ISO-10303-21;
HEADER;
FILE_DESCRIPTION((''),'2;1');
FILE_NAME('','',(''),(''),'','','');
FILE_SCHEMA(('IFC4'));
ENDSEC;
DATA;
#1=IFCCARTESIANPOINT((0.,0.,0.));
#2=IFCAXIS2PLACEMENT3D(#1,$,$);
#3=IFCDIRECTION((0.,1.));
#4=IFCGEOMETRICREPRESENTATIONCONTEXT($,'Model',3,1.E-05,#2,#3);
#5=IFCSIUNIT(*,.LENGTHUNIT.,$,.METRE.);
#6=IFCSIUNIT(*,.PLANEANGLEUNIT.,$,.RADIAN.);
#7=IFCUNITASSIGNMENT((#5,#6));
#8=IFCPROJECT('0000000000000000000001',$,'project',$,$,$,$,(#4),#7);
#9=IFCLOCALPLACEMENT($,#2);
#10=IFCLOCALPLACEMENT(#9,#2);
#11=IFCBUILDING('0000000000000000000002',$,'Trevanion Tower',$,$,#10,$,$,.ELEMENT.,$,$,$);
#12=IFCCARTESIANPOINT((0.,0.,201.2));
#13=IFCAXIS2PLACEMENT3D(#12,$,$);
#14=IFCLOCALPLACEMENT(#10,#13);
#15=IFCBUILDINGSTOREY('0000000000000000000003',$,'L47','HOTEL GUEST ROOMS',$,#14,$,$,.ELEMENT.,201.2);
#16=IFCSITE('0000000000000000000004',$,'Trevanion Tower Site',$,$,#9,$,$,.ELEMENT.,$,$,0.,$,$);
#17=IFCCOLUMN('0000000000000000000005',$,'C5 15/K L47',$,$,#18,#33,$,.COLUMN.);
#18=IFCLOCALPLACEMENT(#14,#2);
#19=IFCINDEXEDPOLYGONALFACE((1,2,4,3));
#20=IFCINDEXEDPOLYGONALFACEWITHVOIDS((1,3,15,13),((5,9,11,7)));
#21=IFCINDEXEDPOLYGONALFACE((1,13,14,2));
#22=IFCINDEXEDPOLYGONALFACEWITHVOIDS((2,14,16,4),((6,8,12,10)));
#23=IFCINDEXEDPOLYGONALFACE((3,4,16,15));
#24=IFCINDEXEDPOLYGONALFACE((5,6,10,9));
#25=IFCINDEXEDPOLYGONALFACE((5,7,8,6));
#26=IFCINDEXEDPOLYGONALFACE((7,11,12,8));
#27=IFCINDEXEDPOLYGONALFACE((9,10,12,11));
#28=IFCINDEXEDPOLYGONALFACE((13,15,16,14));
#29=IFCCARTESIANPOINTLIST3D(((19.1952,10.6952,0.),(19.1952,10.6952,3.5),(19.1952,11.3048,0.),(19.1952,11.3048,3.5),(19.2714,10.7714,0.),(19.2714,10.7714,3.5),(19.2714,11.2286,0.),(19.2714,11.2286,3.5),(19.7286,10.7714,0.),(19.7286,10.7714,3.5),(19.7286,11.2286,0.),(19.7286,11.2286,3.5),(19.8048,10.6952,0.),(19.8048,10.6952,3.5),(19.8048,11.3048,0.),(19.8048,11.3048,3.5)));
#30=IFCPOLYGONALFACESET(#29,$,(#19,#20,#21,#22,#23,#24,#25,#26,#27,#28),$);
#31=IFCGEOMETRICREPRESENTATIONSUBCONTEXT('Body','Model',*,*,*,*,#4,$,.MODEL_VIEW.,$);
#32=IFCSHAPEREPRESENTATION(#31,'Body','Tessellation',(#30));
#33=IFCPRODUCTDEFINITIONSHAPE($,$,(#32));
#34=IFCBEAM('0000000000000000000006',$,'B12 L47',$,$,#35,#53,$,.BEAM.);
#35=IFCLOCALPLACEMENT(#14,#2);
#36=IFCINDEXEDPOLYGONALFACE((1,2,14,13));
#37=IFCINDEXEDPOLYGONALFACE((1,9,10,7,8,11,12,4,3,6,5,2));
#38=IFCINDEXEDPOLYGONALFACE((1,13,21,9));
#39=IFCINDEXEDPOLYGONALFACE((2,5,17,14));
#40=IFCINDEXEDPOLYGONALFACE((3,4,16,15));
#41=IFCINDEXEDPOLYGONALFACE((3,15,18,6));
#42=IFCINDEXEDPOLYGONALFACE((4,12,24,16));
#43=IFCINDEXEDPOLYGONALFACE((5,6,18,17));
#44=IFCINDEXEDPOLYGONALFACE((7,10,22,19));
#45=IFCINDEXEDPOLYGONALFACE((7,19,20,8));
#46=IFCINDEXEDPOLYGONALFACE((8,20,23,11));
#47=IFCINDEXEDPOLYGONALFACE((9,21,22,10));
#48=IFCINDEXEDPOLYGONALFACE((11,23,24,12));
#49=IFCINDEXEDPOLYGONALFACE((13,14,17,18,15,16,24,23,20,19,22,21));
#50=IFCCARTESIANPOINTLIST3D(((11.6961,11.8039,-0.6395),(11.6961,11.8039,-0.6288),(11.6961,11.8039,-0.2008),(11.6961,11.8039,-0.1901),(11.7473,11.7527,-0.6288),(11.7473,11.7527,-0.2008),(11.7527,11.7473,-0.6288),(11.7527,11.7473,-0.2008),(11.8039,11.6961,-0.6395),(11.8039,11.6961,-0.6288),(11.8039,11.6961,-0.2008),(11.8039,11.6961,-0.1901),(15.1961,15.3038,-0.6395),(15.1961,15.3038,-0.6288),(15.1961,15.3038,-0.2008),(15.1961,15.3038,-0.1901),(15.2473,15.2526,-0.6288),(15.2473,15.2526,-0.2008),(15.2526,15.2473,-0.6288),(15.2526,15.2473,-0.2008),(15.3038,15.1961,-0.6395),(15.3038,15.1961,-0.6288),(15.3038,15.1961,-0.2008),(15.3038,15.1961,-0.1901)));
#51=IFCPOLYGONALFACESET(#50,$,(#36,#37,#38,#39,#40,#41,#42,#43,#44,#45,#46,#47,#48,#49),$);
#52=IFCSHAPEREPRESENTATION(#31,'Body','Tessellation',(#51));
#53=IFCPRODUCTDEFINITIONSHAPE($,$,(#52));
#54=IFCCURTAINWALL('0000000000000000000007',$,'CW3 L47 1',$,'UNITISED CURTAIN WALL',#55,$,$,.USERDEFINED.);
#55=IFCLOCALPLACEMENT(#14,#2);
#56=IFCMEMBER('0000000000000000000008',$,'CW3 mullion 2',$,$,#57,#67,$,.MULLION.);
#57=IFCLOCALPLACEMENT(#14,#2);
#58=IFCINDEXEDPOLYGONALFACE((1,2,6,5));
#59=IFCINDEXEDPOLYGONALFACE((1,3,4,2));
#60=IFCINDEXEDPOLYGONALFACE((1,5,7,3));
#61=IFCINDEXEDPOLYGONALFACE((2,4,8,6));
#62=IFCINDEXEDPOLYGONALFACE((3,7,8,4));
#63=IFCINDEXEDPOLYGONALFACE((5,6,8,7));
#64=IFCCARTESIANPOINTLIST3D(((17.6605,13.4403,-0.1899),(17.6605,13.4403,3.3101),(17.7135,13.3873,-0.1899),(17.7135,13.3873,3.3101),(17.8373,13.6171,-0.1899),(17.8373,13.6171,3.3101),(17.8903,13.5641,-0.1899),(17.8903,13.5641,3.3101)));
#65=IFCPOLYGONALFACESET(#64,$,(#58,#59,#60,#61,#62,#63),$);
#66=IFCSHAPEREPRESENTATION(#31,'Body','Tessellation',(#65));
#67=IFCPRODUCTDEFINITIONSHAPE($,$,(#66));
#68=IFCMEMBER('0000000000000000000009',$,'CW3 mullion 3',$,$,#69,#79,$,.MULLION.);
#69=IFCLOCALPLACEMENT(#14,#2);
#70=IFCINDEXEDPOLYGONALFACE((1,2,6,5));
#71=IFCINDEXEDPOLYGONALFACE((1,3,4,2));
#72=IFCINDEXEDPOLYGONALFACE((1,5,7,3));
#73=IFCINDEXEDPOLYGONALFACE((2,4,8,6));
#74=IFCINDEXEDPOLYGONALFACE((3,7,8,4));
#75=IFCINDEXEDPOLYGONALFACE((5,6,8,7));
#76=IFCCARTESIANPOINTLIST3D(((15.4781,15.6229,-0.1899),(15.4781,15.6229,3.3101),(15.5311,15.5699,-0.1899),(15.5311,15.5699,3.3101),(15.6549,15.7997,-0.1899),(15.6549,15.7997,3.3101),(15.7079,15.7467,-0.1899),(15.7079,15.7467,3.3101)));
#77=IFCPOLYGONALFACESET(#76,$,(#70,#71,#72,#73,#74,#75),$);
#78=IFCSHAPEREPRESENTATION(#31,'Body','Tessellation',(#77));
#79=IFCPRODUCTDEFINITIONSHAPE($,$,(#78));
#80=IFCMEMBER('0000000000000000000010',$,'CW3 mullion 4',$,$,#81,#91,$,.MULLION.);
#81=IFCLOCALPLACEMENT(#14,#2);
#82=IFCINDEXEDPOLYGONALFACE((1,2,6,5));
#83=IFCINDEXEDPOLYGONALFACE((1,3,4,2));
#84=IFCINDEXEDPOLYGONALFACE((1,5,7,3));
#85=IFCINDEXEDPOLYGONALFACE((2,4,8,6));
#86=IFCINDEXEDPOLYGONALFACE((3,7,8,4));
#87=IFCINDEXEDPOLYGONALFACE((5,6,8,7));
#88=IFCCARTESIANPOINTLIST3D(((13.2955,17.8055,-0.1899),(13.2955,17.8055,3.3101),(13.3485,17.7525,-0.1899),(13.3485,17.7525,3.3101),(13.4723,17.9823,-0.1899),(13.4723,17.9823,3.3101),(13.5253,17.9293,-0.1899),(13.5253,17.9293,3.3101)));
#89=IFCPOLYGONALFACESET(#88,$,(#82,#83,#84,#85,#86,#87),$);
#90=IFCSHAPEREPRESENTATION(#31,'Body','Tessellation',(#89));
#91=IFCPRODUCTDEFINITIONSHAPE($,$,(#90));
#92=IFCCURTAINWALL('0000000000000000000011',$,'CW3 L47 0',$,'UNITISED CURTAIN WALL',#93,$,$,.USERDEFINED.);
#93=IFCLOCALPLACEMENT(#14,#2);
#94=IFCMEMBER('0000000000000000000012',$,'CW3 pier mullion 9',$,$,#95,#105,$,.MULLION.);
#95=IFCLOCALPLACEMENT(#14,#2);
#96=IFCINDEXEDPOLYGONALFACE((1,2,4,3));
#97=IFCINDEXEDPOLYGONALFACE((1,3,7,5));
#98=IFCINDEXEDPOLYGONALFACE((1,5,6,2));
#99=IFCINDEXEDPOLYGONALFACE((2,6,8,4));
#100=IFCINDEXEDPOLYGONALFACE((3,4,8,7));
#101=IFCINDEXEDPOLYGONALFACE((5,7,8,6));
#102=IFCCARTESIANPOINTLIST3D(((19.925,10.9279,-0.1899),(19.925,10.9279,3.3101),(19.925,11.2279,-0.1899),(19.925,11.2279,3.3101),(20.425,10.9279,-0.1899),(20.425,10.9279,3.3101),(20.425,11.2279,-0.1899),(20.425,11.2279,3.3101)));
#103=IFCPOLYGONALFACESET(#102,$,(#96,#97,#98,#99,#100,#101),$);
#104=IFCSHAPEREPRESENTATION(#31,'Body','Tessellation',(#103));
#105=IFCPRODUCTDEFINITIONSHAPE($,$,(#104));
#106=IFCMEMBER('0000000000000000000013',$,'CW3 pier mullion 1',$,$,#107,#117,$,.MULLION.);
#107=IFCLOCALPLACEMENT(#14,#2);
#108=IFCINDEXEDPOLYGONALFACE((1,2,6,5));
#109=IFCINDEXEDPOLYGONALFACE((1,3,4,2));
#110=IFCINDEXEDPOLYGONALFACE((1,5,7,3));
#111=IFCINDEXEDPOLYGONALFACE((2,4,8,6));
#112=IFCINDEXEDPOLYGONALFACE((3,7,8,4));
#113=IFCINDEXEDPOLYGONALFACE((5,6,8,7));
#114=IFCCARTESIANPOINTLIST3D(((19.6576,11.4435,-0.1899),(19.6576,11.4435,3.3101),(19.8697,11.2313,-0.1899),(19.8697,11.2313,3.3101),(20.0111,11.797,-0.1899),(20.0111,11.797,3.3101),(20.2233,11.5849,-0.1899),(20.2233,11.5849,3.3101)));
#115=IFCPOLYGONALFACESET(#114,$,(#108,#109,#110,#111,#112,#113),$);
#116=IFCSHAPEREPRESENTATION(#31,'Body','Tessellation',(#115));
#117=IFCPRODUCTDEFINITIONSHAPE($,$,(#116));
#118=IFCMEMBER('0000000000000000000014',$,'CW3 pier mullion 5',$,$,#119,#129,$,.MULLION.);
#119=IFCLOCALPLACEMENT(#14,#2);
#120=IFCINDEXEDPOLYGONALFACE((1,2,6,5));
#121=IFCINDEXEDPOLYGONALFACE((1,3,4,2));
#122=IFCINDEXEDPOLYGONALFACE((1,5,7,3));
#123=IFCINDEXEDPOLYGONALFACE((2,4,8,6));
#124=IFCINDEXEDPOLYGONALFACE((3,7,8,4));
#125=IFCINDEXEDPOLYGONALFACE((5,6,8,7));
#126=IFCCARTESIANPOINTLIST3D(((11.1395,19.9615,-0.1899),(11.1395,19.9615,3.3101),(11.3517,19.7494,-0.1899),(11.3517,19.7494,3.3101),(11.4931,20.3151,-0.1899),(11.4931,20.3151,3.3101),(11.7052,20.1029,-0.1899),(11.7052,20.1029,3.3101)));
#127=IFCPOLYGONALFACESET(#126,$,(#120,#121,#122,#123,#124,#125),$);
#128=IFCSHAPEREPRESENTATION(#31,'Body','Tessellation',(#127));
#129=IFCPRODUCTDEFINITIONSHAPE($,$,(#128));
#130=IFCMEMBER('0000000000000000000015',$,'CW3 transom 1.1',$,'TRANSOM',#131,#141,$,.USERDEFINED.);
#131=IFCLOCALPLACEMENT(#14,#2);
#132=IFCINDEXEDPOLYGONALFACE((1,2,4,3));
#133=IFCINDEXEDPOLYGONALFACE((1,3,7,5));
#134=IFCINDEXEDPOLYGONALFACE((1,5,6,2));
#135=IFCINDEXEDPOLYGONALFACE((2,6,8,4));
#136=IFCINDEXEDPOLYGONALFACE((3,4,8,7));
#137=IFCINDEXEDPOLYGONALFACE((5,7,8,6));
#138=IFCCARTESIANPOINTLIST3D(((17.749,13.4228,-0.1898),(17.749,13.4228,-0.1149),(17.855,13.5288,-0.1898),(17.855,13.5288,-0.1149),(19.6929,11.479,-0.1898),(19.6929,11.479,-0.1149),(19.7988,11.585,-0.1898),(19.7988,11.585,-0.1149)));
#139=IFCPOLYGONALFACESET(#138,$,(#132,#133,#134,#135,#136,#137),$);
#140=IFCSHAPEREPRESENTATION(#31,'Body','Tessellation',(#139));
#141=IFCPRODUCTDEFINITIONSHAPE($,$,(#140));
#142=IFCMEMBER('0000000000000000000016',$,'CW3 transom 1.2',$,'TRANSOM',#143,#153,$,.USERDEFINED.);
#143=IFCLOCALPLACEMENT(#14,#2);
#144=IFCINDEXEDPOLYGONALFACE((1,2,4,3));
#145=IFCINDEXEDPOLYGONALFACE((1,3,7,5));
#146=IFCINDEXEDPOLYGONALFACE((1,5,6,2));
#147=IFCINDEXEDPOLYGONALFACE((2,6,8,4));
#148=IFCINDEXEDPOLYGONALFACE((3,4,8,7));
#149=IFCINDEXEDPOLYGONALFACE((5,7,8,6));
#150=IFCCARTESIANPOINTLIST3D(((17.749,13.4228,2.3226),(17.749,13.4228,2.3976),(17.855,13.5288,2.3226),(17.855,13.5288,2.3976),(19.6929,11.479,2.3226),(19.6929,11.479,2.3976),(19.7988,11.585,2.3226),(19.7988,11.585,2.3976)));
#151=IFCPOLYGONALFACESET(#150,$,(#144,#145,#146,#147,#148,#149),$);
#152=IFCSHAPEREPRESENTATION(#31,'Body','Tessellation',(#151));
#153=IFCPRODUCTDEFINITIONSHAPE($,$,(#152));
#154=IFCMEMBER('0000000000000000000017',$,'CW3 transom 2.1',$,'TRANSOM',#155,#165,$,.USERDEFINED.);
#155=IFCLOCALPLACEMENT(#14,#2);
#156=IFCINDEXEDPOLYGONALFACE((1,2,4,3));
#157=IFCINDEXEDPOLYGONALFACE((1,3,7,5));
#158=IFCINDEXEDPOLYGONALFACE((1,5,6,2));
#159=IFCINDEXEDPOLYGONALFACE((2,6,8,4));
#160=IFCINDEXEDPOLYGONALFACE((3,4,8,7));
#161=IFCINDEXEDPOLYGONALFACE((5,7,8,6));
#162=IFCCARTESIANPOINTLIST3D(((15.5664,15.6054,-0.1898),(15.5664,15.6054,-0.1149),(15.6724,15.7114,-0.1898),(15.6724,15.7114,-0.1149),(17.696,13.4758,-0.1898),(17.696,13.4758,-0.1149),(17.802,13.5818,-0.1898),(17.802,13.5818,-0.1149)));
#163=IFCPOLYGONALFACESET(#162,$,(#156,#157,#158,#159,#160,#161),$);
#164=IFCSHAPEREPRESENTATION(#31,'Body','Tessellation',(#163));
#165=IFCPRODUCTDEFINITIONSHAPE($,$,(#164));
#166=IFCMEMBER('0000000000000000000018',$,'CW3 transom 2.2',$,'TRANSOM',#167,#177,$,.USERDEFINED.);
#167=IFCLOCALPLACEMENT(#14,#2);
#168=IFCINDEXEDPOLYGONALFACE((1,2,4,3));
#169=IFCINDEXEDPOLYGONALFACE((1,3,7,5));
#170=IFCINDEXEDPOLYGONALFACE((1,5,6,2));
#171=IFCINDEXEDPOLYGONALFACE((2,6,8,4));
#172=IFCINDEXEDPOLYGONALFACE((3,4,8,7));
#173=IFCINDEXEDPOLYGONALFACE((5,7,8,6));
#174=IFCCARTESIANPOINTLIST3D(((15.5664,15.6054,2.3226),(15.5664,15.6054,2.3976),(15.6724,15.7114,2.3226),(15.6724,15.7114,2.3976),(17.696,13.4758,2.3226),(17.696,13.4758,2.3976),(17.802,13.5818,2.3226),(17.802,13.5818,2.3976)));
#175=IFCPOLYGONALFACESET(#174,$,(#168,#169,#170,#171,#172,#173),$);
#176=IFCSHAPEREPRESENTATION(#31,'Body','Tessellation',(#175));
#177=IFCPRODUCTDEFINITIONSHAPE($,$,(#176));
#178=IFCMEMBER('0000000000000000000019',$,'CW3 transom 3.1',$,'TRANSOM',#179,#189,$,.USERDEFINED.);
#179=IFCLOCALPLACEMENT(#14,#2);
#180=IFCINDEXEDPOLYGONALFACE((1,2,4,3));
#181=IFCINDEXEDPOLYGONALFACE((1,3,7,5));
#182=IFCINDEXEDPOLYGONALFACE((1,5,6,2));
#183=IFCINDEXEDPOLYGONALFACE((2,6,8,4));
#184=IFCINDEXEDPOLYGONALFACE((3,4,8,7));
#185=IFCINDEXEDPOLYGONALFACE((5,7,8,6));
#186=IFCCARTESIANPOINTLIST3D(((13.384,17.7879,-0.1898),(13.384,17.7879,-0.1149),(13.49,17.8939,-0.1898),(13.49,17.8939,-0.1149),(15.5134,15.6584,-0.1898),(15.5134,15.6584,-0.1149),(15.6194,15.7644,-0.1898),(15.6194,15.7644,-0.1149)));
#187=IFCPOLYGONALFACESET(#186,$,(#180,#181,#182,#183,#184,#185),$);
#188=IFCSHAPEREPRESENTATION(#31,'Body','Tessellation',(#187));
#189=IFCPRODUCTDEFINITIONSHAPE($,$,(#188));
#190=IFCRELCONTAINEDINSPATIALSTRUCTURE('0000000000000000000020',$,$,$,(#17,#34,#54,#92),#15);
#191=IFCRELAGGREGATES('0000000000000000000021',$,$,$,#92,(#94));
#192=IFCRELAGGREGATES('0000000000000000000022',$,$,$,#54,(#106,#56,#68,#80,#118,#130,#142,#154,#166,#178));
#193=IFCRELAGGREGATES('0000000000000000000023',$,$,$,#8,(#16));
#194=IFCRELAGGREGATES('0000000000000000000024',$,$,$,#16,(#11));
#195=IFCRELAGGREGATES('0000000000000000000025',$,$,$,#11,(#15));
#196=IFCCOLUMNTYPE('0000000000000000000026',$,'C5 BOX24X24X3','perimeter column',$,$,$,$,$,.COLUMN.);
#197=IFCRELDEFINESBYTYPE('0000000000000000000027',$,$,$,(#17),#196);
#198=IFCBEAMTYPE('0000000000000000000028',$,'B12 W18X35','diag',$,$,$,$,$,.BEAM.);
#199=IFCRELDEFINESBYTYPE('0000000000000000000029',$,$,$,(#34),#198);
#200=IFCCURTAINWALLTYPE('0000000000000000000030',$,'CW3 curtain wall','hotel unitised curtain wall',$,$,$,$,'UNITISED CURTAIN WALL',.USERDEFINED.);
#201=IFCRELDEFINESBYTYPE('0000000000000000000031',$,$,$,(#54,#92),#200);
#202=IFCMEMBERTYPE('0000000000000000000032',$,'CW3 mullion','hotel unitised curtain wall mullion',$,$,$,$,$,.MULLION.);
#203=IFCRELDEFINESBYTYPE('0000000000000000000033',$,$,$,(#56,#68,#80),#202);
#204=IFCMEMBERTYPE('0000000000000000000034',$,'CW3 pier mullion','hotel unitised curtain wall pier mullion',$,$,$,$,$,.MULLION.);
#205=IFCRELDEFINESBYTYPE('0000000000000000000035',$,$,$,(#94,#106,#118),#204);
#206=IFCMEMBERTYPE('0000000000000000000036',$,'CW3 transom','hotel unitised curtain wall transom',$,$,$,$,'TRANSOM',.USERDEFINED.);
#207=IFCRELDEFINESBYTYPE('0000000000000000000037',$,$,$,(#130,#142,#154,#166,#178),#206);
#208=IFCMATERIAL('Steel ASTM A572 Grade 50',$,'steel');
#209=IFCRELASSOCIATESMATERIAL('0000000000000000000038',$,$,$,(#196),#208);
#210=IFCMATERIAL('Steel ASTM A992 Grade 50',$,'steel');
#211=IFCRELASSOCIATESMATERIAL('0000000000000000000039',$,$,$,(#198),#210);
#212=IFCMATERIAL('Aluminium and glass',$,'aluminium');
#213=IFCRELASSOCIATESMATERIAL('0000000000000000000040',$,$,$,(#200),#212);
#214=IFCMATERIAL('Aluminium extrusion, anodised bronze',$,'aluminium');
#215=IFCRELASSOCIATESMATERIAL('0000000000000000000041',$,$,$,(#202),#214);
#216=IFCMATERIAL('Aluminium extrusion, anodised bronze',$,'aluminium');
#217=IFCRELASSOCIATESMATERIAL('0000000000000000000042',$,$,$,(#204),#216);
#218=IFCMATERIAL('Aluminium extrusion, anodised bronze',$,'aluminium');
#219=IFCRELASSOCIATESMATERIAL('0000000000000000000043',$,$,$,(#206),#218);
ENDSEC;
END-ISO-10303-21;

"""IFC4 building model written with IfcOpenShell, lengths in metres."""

from ifc_helpers import new_model, si_unit, direction, frame, origin, origin_2d, place, context, subcontext, project, spatial, rectangle, hollow_rectangle, i_section, extrude, material, material_profile, profile_set, type_object, element, aggregate, save


model = new_model("IFC4")

# Units and contexts
model_context = context("Model", 3, precision=1e-05, world=origin(), true_north=direction((0.0, 1.0)))
body_context = subcontext(model_context, "Body", "Model", "MODEL_VIEW")
ifc_project = project(units=[si_unit("LENGTHUNIT", "METRE"), si_unit("PLANEANGLEUNIT", "RADIAN")], contexts=[model_context])

# Site, building, storey
site_placement = place(None, origin())
site = spatial("IfcSite", under=ifc_project, at=site_placement, Name="Trevanion Tower Site", CompositionType="ELEMENT", RefElevation=0.0)
building_placement = place(site_placement, origin())
building = spatial("IfcBuilding", under=site, at=building_placement, Name="Trevanion Tower", CompositionType="ELEMENT")
storey_placement = place(building_placement, frame((0.0, 0.0, 201.2)))
storey = spatial("IfcBuildingStorey", under=building, at=storey_placement, Name="L47", Description="HOTEL GUEST ROOMS", CompositionType="ELEMENT", Elevation=201.2)

# Column
ifc_material_1 = material(Name="Steel ASTM A572 Grade 50", Category="steel")
ifc_material_profile_1 = material_profile(ifc_material_1, hollow_rectangle(XDim=0.6096, YDim=0.6096, WallThickness=0.0762, at=origin_2d()), Name="BOX24X24X3")
ifc_profile_set_1 = profile_set([ifc_material_profile_1], Name="Steel ASTM A572 Grade 50")
column_type = type_object("IfcColumnType", Name="C5 BOX24X24X3", Description="perimeter column", PredefinedType="COLUMN", material=ifc_profile_set_1)
column_placement = place(storey_placement, frame((19.5, 11.0, 0.0), z_axis=(0.0, 0.0, 1.0), x_axis=(0.0, 1.0, 0.0)))
element("IfcColumn", 1, at=column_placement, inside=storey, type_object=column_type, Name="C5 15/K L47", PredefinedType="COLUMN", context=body_context, shape_type="SweptSolid", body=[
    extrude(hollow_rectangle(XDim=0.6096, YDim=0.6096, WallThickness=0.0762, at=origin_2d()), origin(), (0.0, 0.0, 1.0), 3.5),
])

# Beam
ifc_material_2 = material(Name="Steel ASTM A992 Grade 50", Category="steel")
ifc_material_profile_2 = material_profile(ifc_material_2, i_section(OverallWidth=0.1523, OverallDepth=0.4495, WebThickness=0.0076, FlangeThickness=0.0107, at=origin_2d()), Name="W18X35")
ifc_profile_set_2 = profile_set([ifc_material_profile_2], Name="Steel ASTM A992 Grade 50")
beam_type_1 = type_object("IfcBeamType", Name="B12 W18X35", Description="diag", PredefinedType="BEAM", material=ifc_profile_set_2)
beam_1_placement = place(storey_placement, frame((11.75, 11.75, -0.4148), z_axis=(0.707107, 0.707107, 0.0), x_axis=(-0.707107, 0.707107, 0.0)))
element("IfcBeam", 2, at=beam_1_placement, inside=storey, type_object=beam_type_1, Name="B12 L47", PredefinedType="BEAM", context=body_context, shape_type="SweptSolid", body=[
    extrude(i_section(OverallWidth=0.1523, OverallDepth=0.4495, WebThickness=0.0076, FlangeThickness=0.0107, at=origin_2d()), origin(), (0.0, 0.0, 1.0), 4.9497),
])

# Curtain wall, members
ifc_material_3 = material(Name="Aluminium and glass", Category="aluminium")
curtain_wall_type = type_object("IfcCurtainWallType", Name="CW3 curtain wall", Description="hotel unitised curtain wall", ElementType="UNITISED CURTAIN WALL", PredefinedType="USERDEFINED", material=ifc_material_3)
curtain_wall_1_placement = place(storey_placement, origin())
curtain_wall_1 = element("IfcCurtainWall", 3, at=curtain_wall_1_placement, inside=storey, type_object=curtain_wall_type, Name="CW3 L47 1", ObjectType="UNITISED CURTAIN WALL", PredefinedType="USERDEFINED")
ifc_material_4 = material(Name="Aluminium extrusion, anodised bronze", Category="aluminium")
ifc_material_profile_3 = material_profile(ifc_material_4, rectangle(XDim=0.075, YDim=0.25, at=origin_2d()), Name="CW3 mullion")
ifc_profile_set_3 = profile_set([ifc_material_profile_3], Name="Aluminium extrusion, anodised bronze")
member_type_1 = type_object("IfcMemberType", Name="CW3 mullion", Description="hotel unitised curtain wall mullion", PredefinedType="MULLION", material=ifc_profile_set_3)
member_1_placement = place(storey_placement, frame((17.7754, 13.5022, -0.1899), z_axis=(0.0, 0.0, 1.0), x_axis=(-0.707107, 0.707107, 0.0)))
member_1 = element("IfcMember", 4, at=member_1_placement, type_object=member_type_1, Name="CW3 mullion 2", PredefinedType="MULLION", context=body_context, shape_type="SweptSolid", body=[
    extrude(rectangle(XDim=0.075, YDim=0.25, at=origin_2d()), origin(), (0.0, 0.0, 1.0), 3.5),
])
member_2_placement = place(storey_placement, frame((15.593, 15.6848, -0.1899), z_axis=(0.0, 0.0, 1.0), x_axis=(-0.707107, 0.707107, 0.0)))
member_2 = element("IfcMember", 5, at=member_2_placement, type_object=member_type_1, Name="CW3 mullion 3", PredefinedType="MULLION", context=body_context, shape_type="SweptSolid", body=[
    extrude(rectangle(XDim=0.075, YDim=0.25, at=origin_2d()), origin(), (0.0, 0.0, 1.0), 3.5),
])
member_3_placement = place(storey_placement, frame((13.4104, 17.8674, -0.1899), z_axis=(0.0, 0.0, 1.0), x_axis=(-0.707107, 0.707107, 0.0)))
member_3 = element("IfcMember", 6, at=member_3_placement, type_object=member_type_1, Name="CW3 mullion 4", PredefinedType="MULLION", context=body_context, shape_type="SweptSolid", body=[
    extrude(rectangle(XDim=0.075, YDim=0.25, at=origin_2d()), origin(), (0.0, 0.0, 1.0), 3.5),
])

# Curtain wall, member
curtain_wall_2_placement = place(storey_placement, origin())
curtain_wall_2 = element("IfcCurtainWall", 7, at=curtain_wall_2_placement, inside=storey, type_object=curtain_wall_type, Name="CW3 L47 0", ObjectType="UNITISED CURTAIN WALL", PredefinedType="USERDEFINED")
ifc_material_5 = material(Name="Aluminium extrusion, anodised bronze", Category="aluminium")
ifc_material_profile_4 = material_profile(ifc_material_5, rectangle(XDim=0.3, YDim=0.5, at=origin_2d()), Name="CW3 pier mullion")
ifc_profile_set_4 = profile_set([ifc_material_profile_4], Name="Aluminium extrusion, anodised bronze")
member_type_2 = type_object("IfcMemberType", Name="CW3 pier mullion", Description="hotel unitised curtain wall pier mullion", PredefinedType="MULLION", material=ifc_profile_set_4)
member_4_placement = place(storey_placement, frame((20.175, 11.0779, -0.1899), z_axis=(0.0, 0.0, 1.0), x_axis=(0.0, 1.0, 0.0)))
member_4 = element("IfcMember", 8, at=member_4_placement, type_object=member_type_2, Name="CW3 pier mullion 9", PredefinedType="MULLION", context=body_context, shape_type="SweptSolid", body=[
    extrude(rectangle(XDim=0.3, YDim=0.5, at=origin_2d()), origin(), (0.0, 0.0, 1.0), 3.5),
])

# Members
member_5_placement = place(storey_placement, frame((19.9404, 11.5142, -0.1899), z_axis=(0.0, 0.0, 1.0), x_axis=(-0.707107, 0.707107, 0.0)))
member_5 = element("IfcMember", 9, at=member_5_placement, type_object=member_type_2, Name="CW3 pier mullion 1", PredefinedType="MULLION", context=body_context, shape_type="SweptSolid", body=[
    extrude(rectangle(XDim=0.3, YDim=0.5, at=origin_2d()), origin(), (0.0, 0.0, 1.0), 3.5),
])
member_6_placement = place(storey_placement, frame((11.4224, 20.0322, -0.1899), z_axis=(0.0, 0.0, 1.0), x_axis=(-0.707107, 0.707107, 0.0)))
member_6 = element("IfcMember", 10, at=member_6_placement, type_object=member_type_2, Name="CW3 pier mullion 5", PredefinedType="MULLION", context=body_context, shape_type="SweptSolid", body=[
    extrude(rectangle(XDim=0.3, YDim=0.5, at=origin_2d()), origin(), (0.0, 0.0, 1.0), 3.5),
])
ifc_material_6 = material(Name="Aluminium extrusion, anodised bronze", Category="aluminium")
ifc_material_profile_5 = material_profile(ifc_material_6, rectangle(XDim=0.1499, YDim=0.075, at=origin_2d()), Name="CW3 transom")
ifc_profile_set_5 = profile_set([ifc_material_profile_5], Name="Aluminium extrusion, anodised bronze")
member_type_3 = type_object("IfcMemberType", Name="CW3 transom", Description="hotel unitised curtain wall transom", ElementType="TRANSOM", PredefinedType="USERDEFINED", material=ifc_profile_set_5)
member_7_placement = place(storey_placement, frame((19.7458, 11.532, -0.1523), z_axis=(-0.707107, 0.707107, 0.0), x_axis=(-0.707107, -0.707107, 0.0)))
member_7 = element("IfcMember", 11, at=member_7_placement, type_object=member_type_3, Name="CW3 transom 1.1", ObjectType="TRANSOM", PredefinedType="USERDEFINED", context=body_context, shape_type="SweptSolid", body=[
    extrude(rectangle(XDim=0.1499, YDim=0.075, at=origin_2d()), origin(), (0.0, 0.0, 1.0), 2.749),
])
member_8_placement = place(storey_placement, frame((19.7458, 11.532, 2.3601), z_axis=(-0.707107, 0.707107, 0.0), x_axis=(-0.707107, -0.707107, 0.0)))
member_8 = element("IfcMember", 12, at=member_8_placement, type_object=member_type_3, Name="CW3 transom 1.2", ObjectType="TRANSOM", PredefinedType="USERDEFINED", context=body_context, shape_type="SweptSolid", body=[
    extrude(rectangle(XDim=0.1499, YDim=0.075, at=origin_2d()), origin(), (0.0, 0.0, 1.0), 2.749),
])
member_9_placement = place(storey_placement, frame((17.749, 13.5288, -0.1523), z_axis=(-0.707107, 0.707107, 0.0), x_axis=(-0.707107, -0.707107, 0.0)))
member_9 = element("IfcMember", 13, at=member_9_placement, type_object=member_type_3, Name="CW3 transom 2.1", ObjectType="TRANSOM", PredefinedType="USERDEFINED", context=body_context, shape_type="SweptSolid", body=[
    extrude(rectangle(XDim=0.1499, YDim=0.075, at=origin_2d()), origin(), (0.0, 0.0, 1.0), 3.0117),
])
member_10_placement = place(storey_placement, frame((17.749, 13.5288, 2.3601), z_axis=(-0.707107, 0.707107, 0.0), x_axis=(-0.707107, -0.707107, 0.0)))
member_10 = element("IfcMember", 14, at=member_10_placement, type_object=member_type_3, Name="CW3 transom 2.2", ObjectType="TRANSOM", PredefinedType="USERDEFINED", context=body_context, shape_type="SweptSolid", body=[
    extrude(rectangle(XDim=0.1499, YDim=0.075, at=origin_2d()), origin(), (0.0, 0.0, 1.0), 3.0117),
])
member_11_placement = place(storey_placement, frame((15.5664, 15.7114, -0.1523), z_axis=(-0.707107, 0.707107, 0.0), x_axis=(-0.707107, -0.707107, 0.0)))
member_11 = element("IfcMember", 15, at=member_11_placement, type_object=member_type_3, Name="CW3 transom 3.1", ObjectType="TRANSOM", PredefinedType="USERDEFINED", context=body_context, shape_type="SweptSolid", body=[
    extrude(rectangle(XDim=0.1499, YDim=0.075, at=origin_2d()), origin(), (0.0, 0.0, 1.0), 3.0115),
])

aggregate(curtain_wall_2, [member_4])
aggregate(curtain_wall_1, [member_5, member_1, member_2, member_3, member_6, member_7, member_8, member_9, member_10, member_11])

save(model, "model.ifc")
